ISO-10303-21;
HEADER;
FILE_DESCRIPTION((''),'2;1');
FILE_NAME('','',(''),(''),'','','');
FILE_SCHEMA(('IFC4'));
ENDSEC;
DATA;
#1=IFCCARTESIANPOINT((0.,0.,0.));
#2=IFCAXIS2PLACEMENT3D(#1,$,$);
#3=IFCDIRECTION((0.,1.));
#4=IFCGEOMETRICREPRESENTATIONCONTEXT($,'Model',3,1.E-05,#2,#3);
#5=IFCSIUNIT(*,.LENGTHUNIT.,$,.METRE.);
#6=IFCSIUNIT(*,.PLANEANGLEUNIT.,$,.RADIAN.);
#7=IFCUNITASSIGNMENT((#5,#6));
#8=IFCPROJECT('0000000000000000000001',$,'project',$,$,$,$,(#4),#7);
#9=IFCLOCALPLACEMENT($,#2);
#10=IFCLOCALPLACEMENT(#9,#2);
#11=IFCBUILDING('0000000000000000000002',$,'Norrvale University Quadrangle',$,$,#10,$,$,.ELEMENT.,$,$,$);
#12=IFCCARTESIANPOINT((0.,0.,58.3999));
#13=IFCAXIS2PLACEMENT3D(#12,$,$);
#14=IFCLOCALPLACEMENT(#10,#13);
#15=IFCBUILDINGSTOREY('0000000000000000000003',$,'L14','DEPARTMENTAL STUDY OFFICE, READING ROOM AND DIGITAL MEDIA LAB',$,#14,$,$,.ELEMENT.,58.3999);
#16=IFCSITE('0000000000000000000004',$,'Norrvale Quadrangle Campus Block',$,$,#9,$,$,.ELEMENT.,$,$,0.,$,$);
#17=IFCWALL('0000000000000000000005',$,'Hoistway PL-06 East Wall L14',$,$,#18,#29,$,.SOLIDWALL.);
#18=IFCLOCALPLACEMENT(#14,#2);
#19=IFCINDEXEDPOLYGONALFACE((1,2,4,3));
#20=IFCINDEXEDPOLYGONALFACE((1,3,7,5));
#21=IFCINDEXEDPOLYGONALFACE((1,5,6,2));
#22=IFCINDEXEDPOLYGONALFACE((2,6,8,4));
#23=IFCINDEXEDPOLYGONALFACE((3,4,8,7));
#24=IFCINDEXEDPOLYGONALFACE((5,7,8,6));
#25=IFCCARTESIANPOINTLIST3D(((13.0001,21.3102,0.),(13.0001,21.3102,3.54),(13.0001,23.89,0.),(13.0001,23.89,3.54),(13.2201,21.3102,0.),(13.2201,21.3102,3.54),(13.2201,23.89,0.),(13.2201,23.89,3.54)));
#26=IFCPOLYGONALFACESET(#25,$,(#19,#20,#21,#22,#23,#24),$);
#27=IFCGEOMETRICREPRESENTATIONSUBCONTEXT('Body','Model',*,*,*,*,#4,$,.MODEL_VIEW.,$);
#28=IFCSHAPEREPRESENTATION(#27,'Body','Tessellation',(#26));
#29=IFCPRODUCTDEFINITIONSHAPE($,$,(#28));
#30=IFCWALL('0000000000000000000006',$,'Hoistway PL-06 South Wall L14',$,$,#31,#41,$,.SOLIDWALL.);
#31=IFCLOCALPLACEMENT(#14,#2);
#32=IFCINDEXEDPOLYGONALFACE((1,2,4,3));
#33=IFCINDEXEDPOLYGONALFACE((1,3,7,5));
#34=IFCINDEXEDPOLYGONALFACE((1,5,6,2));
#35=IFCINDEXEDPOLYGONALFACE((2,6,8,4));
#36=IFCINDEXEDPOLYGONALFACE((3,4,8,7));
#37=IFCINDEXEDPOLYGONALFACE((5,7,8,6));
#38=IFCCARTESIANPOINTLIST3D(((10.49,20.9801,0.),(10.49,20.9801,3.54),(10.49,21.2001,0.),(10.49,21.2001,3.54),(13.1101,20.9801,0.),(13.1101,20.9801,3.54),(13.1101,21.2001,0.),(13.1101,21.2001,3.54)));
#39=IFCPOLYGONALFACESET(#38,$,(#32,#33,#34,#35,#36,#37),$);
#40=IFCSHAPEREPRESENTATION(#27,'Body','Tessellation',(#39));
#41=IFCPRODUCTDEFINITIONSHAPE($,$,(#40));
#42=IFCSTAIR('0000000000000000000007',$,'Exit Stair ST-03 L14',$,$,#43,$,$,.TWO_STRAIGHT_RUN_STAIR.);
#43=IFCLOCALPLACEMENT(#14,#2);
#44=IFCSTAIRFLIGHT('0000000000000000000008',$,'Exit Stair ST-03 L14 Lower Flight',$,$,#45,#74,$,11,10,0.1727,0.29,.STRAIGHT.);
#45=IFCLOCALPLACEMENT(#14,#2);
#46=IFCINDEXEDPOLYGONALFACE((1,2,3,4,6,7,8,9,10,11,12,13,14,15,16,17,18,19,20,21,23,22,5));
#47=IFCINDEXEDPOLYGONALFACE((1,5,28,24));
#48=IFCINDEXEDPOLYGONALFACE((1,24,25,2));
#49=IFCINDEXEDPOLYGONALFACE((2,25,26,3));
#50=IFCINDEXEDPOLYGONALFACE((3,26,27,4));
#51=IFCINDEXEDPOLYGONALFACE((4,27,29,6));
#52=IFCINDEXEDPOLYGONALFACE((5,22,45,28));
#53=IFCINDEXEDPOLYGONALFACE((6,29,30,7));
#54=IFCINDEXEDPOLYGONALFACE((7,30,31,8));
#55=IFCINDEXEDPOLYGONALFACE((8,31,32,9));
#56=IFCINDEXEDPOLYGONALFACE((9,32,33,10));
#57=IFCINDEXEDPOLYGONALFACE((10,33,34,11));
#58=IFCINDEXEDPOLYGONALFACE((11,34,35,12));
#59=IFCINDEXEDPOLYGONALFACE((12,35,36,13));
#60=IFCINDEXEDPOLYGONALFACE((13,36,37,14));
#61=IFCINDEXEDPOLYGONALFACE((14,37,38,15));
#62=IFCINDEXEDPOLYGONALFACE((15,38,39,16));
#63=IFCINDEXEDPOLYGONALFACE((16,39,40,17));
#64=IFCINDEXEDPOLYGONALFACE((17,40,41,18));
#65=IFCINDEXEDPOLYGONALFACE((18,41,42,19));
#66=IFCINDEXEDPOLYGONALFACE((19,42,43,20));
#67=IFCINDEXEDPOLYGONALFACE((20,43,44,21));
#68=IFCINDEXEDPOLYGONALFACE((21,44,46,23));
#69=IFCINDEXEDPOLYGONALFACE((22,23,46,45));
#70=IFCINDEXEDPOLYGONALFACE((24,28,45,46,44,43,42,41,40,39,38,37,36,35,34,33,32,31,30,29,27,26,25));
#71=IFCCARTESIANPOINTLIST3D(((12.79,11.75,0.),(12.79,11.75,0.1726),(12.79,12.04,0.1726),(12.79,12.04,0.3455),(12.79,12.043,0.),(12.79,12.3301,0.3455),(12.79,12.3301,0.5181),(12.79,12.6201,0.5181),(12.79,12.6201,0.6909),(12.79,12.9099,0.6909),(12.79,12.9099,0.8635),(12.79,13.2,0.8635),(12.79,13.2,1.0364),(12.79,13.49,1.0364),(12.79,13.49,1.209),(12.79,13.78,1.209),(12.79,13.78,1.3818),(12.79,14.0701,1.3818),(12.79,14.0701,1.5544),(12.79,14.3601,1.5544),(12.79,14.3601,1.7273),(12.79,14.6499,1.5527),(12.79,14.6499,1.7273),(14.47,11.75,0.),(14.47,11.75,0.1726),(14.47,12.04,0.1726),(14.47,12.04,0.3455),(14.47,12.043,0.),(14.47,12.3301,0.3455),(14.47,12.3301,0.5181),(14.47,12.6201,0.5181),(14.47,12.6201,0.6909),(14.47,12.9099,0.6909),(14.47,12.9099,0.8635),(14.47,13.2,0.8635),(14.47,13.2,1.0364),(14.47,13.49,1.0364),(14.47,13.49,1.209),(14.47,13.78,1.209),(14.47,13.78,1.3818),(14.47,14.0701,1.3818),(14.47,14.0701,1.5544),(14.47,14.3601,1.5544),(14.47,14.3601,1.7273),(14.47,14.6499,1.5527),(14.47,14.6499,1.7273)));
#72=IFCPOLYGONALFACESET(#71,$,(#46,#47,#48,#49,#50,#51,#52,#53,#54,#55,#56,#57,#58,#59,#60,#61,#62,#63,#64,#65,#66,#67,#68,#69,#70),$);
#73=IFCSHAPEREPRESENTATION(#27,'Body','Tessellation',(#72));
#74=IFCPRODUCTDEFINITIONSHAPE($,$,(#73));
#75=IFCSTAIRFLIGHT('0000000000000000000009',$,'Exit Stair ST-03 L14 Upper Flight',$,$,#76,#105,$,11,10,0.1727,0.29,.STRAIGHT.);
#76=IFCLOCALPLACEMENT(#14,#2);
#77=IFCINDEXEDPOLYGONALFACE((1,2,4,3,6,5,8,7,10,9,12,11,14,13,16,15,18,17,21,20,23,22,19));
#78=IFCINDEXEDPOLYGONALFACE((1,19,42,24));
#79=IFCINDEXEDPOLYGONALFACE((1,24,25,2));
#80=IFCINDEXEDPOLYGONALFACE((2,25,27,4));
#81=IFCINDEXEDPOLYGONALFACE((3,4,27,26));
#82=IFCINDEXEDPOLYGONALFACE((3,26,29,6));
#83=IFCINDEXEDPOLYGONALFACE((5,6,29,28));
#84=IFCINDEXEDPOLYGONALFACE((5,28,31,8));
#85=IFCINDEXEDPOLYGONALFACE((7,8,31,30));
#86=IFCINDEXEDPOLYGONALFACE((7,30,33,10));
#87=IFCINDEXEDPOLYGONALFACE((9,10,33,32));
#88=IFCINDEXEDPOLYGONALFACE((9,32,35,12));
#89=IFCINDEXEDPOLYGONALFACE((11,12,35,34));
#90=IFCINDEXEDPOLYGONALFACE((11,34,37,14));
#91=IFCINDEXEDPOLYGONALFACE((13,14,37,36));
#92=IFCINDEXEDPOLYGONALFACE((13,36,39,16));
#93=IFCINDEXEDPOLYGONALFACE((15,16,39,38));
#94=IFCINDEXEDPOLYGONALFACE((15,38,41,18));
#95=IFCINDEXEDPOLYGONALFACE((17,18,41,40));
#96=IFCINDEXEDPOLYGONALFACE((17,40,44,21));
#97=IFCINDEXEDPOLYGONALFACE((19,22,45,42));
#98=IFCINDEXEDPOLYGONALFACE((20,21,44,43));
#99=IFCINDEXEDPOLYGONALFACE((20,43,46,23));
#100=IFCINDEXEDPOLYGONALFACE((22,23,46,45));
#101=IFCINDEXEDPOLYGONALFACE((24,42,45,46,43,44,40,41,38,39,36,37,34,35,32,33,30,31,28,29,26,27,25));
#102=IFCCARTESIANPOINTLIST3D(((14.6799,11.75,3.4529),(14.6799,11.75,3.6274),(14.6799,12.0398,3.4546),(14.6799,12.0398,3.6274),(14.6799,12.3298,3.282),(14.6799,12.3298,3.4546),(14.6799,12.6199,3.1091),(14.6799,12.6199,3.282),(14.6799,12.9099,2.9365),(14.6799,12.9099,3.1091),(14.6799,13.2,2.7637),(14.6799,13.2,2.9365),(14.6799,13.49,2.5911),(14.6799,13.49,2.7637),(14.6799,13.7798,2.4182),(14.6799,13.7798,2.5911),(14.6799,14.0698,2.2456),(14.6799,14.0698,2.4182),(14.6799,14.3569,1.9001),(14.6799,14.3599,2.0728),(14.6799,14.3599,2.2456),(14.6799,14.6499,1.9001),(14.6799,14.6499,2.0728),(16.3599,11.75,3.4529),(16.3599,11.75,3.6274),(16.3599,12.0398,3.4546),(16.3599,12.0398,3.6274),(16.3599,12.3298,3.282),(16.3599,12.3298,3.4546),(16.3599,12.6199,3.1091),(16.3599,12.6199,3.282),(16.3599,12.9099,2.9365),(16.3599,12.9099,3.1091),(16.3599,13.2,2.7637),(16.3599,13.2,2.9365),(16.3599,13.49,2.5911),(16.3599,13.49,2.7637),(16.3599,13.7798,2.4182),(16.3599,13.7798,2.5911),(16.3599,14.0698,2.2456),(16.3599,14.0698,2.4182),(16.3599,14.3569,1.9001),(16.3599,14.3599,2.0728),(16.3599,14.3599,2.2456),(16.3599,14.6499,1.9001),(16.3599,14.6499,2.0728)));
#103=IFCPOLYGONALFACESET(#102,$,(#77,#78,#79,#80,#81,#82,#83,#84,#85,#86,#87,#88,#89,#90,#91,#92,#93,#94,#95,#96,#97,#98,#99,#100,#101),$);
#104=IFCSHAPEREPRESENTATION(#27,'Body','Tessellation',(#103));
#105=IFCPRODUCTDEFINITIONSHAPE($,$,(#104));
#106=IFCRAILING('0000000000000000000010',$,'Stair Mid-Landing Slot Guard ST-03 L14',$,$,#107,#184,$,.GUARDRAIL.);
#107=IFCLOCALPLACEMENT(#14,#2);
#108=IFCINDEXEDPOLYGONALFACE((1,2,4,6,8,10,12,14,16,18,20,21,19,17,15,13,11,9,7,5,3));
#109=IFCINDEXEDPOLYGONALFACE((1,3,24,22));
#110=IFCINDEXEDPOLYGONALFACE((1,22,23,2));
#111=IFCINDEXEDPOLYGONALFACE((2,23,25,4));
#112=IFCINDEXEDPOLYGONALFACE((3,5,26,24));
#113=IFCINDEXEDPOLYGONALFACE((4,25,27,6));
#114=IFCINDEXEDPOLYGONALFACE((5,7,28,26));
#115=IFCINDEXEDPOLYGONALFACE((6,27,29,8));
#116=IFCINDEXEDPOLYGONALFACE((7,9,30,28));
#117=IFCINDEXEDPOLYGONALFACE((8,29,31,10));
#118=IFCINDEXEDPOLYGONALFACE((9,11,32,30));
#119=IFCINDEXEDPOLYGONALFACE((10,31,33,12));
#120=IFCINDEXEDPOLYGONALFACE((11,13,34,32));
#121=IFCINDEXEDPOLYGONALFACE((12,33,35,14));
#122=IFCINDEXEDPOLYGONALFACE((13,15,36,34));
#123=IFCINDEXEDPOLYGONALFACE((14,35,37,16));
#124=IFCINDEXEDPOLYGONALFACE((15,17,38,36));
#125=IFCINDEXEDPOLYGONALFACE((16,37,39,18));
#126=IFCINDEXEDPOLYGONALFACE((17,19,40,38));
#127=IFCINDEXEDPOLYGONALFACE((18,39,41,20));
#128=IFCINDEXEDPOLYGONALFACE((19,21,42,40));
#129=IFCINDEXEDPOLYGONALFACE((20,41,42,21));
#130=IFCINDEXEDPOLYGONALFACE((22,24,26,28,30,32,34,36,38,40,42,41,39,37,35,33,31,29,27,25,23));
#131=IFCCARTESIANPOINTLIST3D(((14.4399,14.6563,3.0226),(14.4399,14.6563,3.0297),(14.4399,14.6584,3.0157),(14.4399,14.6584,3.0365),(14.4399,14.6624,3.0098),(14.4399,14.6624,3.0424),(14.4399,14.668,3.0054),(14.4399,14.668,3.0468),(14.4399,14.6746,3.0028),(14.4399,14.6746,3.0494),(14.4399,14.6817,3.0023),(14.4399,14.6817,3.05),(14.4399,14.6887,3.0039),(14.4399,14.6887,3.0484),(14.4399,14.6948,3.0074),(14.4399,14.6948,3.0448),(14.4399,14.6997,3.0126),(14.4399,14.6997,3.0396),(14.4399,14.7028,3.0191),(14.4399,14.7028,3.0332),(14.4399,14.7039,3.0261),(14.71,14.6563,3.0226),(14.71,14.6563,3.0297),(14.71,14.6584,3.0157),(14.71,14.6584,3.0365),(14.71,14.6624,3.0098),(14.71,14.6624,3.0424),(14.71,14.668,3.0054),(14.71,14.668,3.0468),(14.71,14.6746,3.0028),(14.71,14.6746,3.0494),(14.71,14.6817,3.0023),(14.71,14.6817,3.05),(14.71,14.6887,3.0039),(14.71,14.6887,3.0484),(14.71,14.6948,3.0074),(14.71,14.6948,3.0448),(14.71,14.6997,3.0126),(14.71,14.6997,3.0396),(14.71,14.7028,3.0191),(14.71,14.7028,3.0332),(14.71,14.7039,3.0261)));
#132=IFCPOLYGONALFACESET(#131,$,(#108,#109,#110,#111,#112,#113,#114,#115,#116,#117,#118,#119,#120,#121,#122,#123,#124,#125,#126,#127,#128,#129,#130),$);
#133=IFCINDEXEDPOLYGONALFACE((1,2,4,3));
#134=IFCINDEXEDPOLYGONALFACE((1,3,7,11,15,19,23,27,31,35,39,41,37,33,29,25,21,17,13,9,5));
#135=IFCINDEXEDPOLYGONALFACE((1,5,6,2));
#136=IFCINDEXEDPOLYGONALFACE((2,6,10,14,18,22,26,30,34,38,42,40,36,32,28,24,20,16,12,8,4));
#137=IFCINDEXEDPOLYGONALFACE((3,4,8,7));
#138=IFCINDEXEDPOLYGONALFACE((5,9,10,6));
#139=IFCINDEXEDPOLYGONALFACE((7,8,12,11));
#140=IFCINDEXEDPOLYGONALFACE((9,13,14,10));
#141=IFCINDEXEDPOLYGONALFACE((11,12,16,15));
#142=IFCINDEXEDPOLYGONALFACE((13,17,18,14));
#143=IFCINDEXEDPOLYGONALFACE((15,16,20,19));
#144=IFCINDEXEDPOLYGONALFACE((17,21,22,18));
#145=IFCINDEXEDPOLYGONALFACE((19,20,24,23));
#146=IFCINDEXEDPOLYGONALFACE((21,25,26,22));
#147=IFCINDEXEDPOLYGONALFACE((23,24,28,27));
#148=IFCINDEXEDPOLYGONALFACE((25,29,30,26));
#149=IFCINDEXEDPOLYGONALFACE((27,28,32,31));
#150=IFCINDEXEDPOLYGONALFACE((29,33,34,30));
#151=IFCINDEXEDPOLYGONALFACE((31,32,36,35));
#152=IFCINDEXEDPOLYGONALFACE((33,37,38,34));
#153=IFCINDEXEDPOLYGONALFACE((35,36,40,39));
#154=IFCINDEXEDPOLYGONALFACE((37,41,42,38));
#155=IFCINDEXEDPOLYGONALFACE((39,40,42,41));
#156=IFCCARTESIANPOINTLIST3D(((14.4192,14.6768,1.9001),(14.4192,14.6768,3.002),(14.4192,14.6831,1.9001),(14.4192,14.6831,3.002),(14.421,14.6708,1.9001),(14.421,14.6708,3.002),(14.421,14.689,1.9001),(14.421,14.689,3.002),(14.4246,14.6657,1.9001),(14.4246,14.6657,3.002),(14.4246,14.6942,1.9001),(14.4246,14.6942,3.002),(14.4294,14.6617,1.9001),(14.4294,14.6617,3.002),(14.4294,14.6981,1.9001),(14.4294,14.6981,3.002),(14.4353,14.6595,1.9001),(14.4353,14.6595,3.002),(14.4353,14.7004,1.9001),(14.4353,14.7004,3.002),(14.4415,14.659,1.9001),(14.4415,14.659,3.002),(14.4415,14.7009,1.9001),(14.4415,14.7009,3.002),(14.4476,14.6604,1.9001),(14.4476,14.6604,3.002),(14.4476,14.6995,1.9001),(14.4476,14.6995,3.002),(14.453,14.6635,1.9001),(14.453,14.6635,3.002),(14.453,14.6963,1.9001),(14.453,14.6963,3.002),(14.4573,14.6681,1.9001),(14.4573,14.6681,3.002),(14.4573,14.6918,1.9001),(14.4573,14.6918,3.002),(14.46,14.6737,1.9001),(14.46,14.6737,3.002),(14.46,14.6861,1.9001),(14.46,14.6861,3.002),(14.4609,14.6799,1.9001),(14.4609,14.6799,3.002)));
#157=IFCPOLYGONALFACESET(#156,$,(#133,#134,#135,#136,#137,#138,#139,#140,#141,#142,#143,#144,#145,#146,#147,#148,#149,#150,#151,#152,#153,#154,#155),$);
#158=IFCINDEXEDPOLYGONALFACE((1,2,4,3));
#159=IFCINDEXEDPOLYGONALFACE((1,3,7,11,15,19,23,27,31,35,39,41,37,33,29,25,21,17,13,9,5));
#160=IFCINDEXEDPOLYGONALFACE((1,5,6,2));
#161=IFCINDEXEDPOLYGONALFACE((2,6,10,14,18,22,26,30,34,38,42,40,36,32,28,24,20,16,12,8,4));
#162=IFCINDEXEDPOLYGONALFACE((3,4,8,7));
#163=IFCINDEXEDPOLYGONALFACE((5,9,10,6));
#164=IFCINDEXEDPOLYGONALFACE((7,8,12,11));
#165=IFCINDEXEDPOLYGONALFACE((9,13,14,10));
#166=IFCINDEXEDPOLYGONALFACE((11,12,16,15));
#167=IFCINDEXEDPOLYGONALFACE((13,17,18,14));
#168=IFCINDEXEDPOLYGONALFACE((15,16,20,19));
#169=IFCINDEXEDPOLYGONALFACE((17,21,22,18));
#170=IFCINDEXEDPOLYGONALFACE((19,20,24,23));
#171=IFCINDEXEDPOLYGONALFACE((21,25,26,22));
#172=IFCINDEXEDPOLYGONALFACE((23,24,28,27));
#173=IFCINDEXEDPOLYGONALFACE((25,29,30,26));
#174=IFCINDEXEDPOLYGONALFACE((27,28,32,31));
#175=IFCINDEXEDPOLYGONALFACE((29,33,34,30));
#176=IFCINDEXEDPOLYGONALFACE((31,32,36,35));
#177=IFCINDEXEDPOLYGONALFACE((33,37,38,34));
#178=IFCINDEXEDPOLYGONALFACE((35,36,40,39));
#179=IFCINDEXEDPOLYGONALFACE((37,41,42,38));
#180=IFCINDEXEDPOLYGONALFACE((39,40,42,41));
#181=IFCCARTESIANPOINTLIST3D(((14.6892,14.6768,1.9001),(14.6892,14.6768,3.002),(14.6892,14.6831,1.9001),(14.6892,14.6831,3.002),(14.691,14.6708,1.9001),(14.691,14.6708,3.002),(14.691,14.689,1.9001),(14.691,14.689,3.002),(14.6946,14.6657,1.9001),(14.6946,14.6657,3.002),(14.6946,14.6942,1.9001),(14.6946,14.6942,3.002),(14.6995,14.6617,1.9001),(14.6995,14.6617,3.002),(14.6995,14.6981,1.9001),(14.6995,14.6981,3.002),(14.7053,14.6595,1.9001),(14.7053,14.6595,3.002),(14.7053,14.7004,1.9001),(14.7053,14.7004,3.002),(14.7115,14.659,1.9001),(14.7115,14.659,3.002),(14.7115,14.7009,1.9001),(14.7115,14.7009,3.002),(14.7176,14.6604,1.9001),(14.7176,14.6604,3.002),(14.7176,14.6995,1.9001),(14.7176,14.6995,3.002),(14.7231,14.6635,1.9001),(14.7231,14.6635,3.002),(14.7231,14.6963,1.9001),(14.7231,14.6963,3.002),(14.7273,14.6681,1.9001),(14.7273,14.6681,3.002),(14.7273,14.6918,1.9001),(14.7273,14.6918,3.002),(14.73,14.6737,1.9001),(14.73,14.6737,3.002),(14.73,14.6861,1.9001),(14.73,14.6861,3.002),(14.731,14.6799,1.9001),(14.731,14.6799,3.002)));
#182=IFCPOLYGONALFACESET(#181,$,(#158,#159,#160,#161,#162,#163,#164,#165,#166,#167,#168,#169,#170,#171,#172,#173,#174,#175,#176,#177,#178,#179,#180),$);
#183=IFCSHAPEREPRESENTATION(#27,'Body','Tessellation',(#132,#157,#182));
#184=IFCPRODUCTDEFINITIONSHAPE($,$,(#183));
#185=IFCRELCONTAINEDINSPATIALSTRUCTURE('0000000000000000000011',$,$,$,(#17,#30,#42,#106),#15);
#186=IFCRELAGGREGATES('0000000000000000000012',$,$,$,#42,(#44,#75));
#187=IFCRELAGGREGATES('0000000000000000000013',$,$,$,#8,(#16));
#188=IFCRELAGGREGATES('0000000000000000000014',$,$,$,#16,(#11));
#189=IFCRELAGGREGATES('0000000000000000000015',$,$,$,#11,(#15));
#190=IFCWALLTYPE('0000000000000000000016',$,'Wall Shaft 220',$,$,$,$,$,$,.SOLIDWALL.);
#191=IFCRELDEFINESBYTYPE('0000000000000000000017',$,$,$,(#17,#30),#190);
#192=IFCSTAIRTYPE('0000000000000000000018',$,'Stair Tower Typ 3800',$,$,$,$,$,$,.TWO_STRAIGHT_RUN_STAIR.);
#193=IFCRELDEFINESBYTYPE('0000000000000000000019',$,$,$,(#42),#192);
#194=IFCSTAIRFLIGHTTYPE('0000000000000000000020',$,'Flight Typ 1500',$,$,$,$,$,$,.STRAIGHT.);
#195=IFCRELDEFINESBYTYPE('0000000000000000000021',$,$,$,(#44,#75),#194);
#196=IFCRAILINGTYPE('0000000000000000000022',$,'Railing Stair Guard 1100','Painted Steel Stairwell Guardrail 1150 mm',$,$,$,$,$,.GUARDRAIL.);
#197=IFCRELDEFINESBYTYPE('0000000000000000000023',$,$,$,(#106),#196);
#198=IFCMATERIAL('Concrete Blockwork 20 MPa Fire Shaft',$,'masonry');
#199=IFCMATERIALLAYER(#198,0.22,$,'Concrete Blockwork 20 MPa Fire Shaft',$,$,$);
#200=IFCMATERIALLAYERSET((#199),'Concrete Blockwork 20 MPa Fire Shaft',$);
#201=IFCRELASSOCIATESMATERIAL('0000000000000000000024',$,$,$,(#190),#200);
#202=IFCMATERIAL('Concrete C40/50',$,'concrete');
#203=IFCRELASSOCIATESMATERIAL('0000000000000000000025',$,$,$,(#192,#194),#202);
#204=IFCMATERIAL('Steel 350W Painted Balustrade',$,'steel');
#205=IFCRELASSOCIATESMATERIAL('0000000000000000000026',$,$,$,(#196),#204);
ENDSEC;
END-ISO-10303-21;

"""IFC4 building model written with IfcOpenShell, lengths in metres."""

from ifc_helpers import new_model, si_unit, direction, frame, frame_2d, origin, origin_2d, place, context, subcontext, project, spatial, polyline, rectangle, circle, outline, extrude, material, layer, layer_set, type_object, element, aggregate, save


model = new_model("IFC4")

# Units and contexts
model_context = context("Model", 3, precision=1e-05, world=origin(), true_north=direction((0.0, 1.0)))
body_context = subcontext(model_context, "Body", "Model", "MODEL_VIEW")
ifc_project = project(units=[si_unit("LENGTHUNIT", "METRE"), si_unit("PLANEANGLEUNIT", "RADIAN")], contexts=[model_context])

# Site, building, storey
site_placement = place(None, origin())
site = spatial("IfcSite", under=ifc_project, at=site_placement, Name="Norrvale Quadrangle Campus Block", CompositionType="ELEMENT", RefElevation=0.0)
building_placement = place(site_placement, origin())
building = spatial("IfcBuilding", under=site, at=building_placement, Name="Norrvale University Quadrangle", CompositionType="ELEMENT")
storey_placement = place(building_placement, frame((0.0, 0.0, 58.3999)))
storey = spatial("IfcBuildingStorey", under=building, at=storey_placement, Name="L14", Description="DEPARTMENTAL STUDY OFFICE, READING ROOM AND DIGITAL MEDIA LAB", CompositionType="ELEMENT", Elevation=58.3999)

# Shared definitions
ifc_material_1 = material(Name="Concrete Blockwork 20 MPa Fire Shaft", Category="masonry")
ifc_layer_1 = layer(ifc_material_1, 0.22, Name="Concrete Blockwork 20 MPa Fire Shaft")
ifc_layer_set_1 = layer_set([ifc_layer_1], Name="Concrete Blockwork 20 MPa Fire Shaft")
wall_type_1 = type_object("IfcWallType", Name="Wall Shaft 220", PredefinedType="SOLIDWALL", material=ifc_layer_set_1)

# Walls
for number, where, z_axis, x_axis, name in (
    (1, (13.1101, 21.3101, 0.0), (0.0, 0.0, 1.0), (0.0, 1.0, 0.0), "Hoistway PL-06 East Wall L14"),
):
    element("IfcWall", number, at=place(storey_placement, frame(where, z_axis=z_axis, x_axis=x_axis)), inside=storey, type_object=wall_type_1, Name=name, PredefinedType="SOLIDWALL", context=body_context, shape_type="SweptSolid", body=[
        extrude(rectangle(XDim=2.5798, YDim=0.22, at=frame_2d((1.29, 0.0))), origin(), (0.0, 0.0, 1.0), 3.54),
    ])
wall_1_placement = place(storey_placement, frame((10.49, 21.0901, 0.0), z_axis=(0.0, 0.0, 1.0), x_axis=(1.0, 0.0, 0.0)))
element("IfcWall", 2, at=wall_1_placement, inside=storey, type_object=wall_type_1, Name="Hoistway PL-06 South Wall L14", PredefinedType="SOLIDWALL", context=body_context, shape_type="SweptSolid", body=[
    extrude(rectangle(XDim=2.6201, YDim=0.22, at=frame_2d((1.3101, 0.0))), origin(), (0.0, 0.0, 1.0), 3.54),
])

# Stair, stair flights
ifc_material_2 = material(Name="Concrete C40/50", Category="concrete")
stair_type = type_object("IfcStairType", Name="Stair Tower Typ 3800", PredefinedType="TWO_STRAIGHT_RUN_STAIR", material=ifc_material_2)
stair_placement = place(storey_placement, origin())
stair = element("IfcStair", 3, at=stair_placement, inside=storey, type_object=stair_type, Name="Exit Stair ST-03 L14", PredefinedType="TWO_STRAIGHT_RUN_STAIR")
stair_flight_type = type_object("IfcStairFlightType", Name="Flight Typ 1500", PredefinedType="STRAIGHT", material=ifc_material_2)
stair_flight_1_placement = place(storey_placement, frame((13.6299, 11.75, 0.0), z_axis=(0.0, 0.0, 1.0), x_axis=(0.0, 1.0, 0.0)))
stair_flight_1 = element("IfcStairFlight", 4, at=stair_flight_1_placement, type_object=stair_flight_type, Name="Exit Stair ST-03 L14 Lower Flight", NumberOfRisers=11, NumberOfTreads=10, PredefinedType="STRAIGHT", RiserHeight=0.1727, TreadLength=0.29, context=body_context, shape_type="SweptSolid", body=[
    extrude(outline(polyline([(0.0, 0.0), (0.0, 0.1726), (0.29, 0.1726), (0.29, 0.3455), (0.5801, 0.3455), (0.5801, 0.5181), (0.8701, 0.5181), (0.8701, 0.6909), (1.1599, 0.6909), (1.1599, 0.8635), (1.45, 0.8635), (1.45, 1.0364), (1.74, 1.0364), (1.74, 1.209), (2.03, 1.209), (2.03, 1.3818), (2.3201, 1.3818), (2.3201, 1.5544), (2.6101, 1.5544), (2.6101, 1.7273), (2.8999, 1.7273), (2.8999, 1.8999), (2.8999, 1.5527), (0.293, 0.0), (0.0, 0.0)])), frame((0.0, 0.8398, 0.0), z_axis=(0.0, -1.0, 0.0), x_axis=(1.0, 0.0, 0.0)), (0.0, 0.0, 1.0), 1.6799),
])
stair_flight_2_placement = place(storey_placement, frame((15.52, 14.6499, 1.9001), z_axis=(0.0, 0.0, 1.0), x_axis=(0.0, -1.0, 0.0)))
stair_flight_2 = element("IfcStairFlight", 5, at=stair_flight_2_placement, type_object=stair_flight_type, Name="Exit Stair ST-03 L14 Upper Flight", NumberOfRisers=11, NumberOfTreads=10, PredefinedType="STRAIGHT", RiserHeight=0.1727, TreadLength=0.29, context=body_context, shape_type="SweptSolid", body=[
    extrude(outline(polyline([(0.0, 0.0), (0.0, 0.1726), (0.29, 0.1726), (0.29, 0.3455), (0.5801, 0.3455), (0.5801, 0.5181), (0.8701, 0.5181), (0.8701, 0.6909), (1.1599, 0.6909), (1.1599, 0.8635), (1.45, 0.8635), (1.45, 1.0364), (1.74, 1.0364), (1.74, 1.209), (2.03, 1.209), (2.03, 1.3818), (2.3201, 1.3818), (2.3201, 1.5544), (2.6101, 1.5544), (2.6101, 1.7273), (2.8999, 1.7273), (2.8999, 1.8999), (2.8999, 1.5527), (0.293, 0.0), (0.0, 0.0)])), frame((0.0, 0.8398, 0.0), z_axis=(0.0, -1.0, 0.0), x_axis=(1.0, 0.0, 0.0)), (0.0, 0.0, 1.0), 1.6799),
])
aggregate(stair, [stair_flight_1, stair_flight_2])

# Railing
ifc_material_3 = material(Name="Steel 350W Painted Balustrade", Category="steel")
railing_type_1 = type_object("IfcRailingType", Name="Railing Stair Guard 1100", Description="Painted Steel Stairwell Guardrail 1150 mm", PredefinedType="GUARDRAIL", material=ifc_material_3)
railing_1_placement = place(storey_placement, frame((14.4399, 14.6799, 1.9001)))
element("IfcRailing", 6, at=railing_1_placement, inside=storey, type_object=railing_type_1, Name="Stair Mid-Landing Slot Guard ST-03 L14", PredefinedType="GUARDRAIL", context=body_context, shape_type="SweptSolid", body=[
    extrude(circle(Radius=0.0239, at=origin_2d()), frame((0.0, 0.0, 1.126), z_axis=(1.0, 0.0, 0.0), x_axis=(0.0, 1.0, 0.0)), (0.0, 0.0, 1.0), 0.27),
    extrude(circle(Radius=0.021, at=origin_2d()), origin(), (0.0, 0.0, 1.0), 1.1018),
    extrude(circle(Radius=0.021, at=origin_2d()), frame((0.27, 0.0, 0.0)), (0.0, 0.0, 1.0), 1.1018),
])

save(model, "model.ifc")
